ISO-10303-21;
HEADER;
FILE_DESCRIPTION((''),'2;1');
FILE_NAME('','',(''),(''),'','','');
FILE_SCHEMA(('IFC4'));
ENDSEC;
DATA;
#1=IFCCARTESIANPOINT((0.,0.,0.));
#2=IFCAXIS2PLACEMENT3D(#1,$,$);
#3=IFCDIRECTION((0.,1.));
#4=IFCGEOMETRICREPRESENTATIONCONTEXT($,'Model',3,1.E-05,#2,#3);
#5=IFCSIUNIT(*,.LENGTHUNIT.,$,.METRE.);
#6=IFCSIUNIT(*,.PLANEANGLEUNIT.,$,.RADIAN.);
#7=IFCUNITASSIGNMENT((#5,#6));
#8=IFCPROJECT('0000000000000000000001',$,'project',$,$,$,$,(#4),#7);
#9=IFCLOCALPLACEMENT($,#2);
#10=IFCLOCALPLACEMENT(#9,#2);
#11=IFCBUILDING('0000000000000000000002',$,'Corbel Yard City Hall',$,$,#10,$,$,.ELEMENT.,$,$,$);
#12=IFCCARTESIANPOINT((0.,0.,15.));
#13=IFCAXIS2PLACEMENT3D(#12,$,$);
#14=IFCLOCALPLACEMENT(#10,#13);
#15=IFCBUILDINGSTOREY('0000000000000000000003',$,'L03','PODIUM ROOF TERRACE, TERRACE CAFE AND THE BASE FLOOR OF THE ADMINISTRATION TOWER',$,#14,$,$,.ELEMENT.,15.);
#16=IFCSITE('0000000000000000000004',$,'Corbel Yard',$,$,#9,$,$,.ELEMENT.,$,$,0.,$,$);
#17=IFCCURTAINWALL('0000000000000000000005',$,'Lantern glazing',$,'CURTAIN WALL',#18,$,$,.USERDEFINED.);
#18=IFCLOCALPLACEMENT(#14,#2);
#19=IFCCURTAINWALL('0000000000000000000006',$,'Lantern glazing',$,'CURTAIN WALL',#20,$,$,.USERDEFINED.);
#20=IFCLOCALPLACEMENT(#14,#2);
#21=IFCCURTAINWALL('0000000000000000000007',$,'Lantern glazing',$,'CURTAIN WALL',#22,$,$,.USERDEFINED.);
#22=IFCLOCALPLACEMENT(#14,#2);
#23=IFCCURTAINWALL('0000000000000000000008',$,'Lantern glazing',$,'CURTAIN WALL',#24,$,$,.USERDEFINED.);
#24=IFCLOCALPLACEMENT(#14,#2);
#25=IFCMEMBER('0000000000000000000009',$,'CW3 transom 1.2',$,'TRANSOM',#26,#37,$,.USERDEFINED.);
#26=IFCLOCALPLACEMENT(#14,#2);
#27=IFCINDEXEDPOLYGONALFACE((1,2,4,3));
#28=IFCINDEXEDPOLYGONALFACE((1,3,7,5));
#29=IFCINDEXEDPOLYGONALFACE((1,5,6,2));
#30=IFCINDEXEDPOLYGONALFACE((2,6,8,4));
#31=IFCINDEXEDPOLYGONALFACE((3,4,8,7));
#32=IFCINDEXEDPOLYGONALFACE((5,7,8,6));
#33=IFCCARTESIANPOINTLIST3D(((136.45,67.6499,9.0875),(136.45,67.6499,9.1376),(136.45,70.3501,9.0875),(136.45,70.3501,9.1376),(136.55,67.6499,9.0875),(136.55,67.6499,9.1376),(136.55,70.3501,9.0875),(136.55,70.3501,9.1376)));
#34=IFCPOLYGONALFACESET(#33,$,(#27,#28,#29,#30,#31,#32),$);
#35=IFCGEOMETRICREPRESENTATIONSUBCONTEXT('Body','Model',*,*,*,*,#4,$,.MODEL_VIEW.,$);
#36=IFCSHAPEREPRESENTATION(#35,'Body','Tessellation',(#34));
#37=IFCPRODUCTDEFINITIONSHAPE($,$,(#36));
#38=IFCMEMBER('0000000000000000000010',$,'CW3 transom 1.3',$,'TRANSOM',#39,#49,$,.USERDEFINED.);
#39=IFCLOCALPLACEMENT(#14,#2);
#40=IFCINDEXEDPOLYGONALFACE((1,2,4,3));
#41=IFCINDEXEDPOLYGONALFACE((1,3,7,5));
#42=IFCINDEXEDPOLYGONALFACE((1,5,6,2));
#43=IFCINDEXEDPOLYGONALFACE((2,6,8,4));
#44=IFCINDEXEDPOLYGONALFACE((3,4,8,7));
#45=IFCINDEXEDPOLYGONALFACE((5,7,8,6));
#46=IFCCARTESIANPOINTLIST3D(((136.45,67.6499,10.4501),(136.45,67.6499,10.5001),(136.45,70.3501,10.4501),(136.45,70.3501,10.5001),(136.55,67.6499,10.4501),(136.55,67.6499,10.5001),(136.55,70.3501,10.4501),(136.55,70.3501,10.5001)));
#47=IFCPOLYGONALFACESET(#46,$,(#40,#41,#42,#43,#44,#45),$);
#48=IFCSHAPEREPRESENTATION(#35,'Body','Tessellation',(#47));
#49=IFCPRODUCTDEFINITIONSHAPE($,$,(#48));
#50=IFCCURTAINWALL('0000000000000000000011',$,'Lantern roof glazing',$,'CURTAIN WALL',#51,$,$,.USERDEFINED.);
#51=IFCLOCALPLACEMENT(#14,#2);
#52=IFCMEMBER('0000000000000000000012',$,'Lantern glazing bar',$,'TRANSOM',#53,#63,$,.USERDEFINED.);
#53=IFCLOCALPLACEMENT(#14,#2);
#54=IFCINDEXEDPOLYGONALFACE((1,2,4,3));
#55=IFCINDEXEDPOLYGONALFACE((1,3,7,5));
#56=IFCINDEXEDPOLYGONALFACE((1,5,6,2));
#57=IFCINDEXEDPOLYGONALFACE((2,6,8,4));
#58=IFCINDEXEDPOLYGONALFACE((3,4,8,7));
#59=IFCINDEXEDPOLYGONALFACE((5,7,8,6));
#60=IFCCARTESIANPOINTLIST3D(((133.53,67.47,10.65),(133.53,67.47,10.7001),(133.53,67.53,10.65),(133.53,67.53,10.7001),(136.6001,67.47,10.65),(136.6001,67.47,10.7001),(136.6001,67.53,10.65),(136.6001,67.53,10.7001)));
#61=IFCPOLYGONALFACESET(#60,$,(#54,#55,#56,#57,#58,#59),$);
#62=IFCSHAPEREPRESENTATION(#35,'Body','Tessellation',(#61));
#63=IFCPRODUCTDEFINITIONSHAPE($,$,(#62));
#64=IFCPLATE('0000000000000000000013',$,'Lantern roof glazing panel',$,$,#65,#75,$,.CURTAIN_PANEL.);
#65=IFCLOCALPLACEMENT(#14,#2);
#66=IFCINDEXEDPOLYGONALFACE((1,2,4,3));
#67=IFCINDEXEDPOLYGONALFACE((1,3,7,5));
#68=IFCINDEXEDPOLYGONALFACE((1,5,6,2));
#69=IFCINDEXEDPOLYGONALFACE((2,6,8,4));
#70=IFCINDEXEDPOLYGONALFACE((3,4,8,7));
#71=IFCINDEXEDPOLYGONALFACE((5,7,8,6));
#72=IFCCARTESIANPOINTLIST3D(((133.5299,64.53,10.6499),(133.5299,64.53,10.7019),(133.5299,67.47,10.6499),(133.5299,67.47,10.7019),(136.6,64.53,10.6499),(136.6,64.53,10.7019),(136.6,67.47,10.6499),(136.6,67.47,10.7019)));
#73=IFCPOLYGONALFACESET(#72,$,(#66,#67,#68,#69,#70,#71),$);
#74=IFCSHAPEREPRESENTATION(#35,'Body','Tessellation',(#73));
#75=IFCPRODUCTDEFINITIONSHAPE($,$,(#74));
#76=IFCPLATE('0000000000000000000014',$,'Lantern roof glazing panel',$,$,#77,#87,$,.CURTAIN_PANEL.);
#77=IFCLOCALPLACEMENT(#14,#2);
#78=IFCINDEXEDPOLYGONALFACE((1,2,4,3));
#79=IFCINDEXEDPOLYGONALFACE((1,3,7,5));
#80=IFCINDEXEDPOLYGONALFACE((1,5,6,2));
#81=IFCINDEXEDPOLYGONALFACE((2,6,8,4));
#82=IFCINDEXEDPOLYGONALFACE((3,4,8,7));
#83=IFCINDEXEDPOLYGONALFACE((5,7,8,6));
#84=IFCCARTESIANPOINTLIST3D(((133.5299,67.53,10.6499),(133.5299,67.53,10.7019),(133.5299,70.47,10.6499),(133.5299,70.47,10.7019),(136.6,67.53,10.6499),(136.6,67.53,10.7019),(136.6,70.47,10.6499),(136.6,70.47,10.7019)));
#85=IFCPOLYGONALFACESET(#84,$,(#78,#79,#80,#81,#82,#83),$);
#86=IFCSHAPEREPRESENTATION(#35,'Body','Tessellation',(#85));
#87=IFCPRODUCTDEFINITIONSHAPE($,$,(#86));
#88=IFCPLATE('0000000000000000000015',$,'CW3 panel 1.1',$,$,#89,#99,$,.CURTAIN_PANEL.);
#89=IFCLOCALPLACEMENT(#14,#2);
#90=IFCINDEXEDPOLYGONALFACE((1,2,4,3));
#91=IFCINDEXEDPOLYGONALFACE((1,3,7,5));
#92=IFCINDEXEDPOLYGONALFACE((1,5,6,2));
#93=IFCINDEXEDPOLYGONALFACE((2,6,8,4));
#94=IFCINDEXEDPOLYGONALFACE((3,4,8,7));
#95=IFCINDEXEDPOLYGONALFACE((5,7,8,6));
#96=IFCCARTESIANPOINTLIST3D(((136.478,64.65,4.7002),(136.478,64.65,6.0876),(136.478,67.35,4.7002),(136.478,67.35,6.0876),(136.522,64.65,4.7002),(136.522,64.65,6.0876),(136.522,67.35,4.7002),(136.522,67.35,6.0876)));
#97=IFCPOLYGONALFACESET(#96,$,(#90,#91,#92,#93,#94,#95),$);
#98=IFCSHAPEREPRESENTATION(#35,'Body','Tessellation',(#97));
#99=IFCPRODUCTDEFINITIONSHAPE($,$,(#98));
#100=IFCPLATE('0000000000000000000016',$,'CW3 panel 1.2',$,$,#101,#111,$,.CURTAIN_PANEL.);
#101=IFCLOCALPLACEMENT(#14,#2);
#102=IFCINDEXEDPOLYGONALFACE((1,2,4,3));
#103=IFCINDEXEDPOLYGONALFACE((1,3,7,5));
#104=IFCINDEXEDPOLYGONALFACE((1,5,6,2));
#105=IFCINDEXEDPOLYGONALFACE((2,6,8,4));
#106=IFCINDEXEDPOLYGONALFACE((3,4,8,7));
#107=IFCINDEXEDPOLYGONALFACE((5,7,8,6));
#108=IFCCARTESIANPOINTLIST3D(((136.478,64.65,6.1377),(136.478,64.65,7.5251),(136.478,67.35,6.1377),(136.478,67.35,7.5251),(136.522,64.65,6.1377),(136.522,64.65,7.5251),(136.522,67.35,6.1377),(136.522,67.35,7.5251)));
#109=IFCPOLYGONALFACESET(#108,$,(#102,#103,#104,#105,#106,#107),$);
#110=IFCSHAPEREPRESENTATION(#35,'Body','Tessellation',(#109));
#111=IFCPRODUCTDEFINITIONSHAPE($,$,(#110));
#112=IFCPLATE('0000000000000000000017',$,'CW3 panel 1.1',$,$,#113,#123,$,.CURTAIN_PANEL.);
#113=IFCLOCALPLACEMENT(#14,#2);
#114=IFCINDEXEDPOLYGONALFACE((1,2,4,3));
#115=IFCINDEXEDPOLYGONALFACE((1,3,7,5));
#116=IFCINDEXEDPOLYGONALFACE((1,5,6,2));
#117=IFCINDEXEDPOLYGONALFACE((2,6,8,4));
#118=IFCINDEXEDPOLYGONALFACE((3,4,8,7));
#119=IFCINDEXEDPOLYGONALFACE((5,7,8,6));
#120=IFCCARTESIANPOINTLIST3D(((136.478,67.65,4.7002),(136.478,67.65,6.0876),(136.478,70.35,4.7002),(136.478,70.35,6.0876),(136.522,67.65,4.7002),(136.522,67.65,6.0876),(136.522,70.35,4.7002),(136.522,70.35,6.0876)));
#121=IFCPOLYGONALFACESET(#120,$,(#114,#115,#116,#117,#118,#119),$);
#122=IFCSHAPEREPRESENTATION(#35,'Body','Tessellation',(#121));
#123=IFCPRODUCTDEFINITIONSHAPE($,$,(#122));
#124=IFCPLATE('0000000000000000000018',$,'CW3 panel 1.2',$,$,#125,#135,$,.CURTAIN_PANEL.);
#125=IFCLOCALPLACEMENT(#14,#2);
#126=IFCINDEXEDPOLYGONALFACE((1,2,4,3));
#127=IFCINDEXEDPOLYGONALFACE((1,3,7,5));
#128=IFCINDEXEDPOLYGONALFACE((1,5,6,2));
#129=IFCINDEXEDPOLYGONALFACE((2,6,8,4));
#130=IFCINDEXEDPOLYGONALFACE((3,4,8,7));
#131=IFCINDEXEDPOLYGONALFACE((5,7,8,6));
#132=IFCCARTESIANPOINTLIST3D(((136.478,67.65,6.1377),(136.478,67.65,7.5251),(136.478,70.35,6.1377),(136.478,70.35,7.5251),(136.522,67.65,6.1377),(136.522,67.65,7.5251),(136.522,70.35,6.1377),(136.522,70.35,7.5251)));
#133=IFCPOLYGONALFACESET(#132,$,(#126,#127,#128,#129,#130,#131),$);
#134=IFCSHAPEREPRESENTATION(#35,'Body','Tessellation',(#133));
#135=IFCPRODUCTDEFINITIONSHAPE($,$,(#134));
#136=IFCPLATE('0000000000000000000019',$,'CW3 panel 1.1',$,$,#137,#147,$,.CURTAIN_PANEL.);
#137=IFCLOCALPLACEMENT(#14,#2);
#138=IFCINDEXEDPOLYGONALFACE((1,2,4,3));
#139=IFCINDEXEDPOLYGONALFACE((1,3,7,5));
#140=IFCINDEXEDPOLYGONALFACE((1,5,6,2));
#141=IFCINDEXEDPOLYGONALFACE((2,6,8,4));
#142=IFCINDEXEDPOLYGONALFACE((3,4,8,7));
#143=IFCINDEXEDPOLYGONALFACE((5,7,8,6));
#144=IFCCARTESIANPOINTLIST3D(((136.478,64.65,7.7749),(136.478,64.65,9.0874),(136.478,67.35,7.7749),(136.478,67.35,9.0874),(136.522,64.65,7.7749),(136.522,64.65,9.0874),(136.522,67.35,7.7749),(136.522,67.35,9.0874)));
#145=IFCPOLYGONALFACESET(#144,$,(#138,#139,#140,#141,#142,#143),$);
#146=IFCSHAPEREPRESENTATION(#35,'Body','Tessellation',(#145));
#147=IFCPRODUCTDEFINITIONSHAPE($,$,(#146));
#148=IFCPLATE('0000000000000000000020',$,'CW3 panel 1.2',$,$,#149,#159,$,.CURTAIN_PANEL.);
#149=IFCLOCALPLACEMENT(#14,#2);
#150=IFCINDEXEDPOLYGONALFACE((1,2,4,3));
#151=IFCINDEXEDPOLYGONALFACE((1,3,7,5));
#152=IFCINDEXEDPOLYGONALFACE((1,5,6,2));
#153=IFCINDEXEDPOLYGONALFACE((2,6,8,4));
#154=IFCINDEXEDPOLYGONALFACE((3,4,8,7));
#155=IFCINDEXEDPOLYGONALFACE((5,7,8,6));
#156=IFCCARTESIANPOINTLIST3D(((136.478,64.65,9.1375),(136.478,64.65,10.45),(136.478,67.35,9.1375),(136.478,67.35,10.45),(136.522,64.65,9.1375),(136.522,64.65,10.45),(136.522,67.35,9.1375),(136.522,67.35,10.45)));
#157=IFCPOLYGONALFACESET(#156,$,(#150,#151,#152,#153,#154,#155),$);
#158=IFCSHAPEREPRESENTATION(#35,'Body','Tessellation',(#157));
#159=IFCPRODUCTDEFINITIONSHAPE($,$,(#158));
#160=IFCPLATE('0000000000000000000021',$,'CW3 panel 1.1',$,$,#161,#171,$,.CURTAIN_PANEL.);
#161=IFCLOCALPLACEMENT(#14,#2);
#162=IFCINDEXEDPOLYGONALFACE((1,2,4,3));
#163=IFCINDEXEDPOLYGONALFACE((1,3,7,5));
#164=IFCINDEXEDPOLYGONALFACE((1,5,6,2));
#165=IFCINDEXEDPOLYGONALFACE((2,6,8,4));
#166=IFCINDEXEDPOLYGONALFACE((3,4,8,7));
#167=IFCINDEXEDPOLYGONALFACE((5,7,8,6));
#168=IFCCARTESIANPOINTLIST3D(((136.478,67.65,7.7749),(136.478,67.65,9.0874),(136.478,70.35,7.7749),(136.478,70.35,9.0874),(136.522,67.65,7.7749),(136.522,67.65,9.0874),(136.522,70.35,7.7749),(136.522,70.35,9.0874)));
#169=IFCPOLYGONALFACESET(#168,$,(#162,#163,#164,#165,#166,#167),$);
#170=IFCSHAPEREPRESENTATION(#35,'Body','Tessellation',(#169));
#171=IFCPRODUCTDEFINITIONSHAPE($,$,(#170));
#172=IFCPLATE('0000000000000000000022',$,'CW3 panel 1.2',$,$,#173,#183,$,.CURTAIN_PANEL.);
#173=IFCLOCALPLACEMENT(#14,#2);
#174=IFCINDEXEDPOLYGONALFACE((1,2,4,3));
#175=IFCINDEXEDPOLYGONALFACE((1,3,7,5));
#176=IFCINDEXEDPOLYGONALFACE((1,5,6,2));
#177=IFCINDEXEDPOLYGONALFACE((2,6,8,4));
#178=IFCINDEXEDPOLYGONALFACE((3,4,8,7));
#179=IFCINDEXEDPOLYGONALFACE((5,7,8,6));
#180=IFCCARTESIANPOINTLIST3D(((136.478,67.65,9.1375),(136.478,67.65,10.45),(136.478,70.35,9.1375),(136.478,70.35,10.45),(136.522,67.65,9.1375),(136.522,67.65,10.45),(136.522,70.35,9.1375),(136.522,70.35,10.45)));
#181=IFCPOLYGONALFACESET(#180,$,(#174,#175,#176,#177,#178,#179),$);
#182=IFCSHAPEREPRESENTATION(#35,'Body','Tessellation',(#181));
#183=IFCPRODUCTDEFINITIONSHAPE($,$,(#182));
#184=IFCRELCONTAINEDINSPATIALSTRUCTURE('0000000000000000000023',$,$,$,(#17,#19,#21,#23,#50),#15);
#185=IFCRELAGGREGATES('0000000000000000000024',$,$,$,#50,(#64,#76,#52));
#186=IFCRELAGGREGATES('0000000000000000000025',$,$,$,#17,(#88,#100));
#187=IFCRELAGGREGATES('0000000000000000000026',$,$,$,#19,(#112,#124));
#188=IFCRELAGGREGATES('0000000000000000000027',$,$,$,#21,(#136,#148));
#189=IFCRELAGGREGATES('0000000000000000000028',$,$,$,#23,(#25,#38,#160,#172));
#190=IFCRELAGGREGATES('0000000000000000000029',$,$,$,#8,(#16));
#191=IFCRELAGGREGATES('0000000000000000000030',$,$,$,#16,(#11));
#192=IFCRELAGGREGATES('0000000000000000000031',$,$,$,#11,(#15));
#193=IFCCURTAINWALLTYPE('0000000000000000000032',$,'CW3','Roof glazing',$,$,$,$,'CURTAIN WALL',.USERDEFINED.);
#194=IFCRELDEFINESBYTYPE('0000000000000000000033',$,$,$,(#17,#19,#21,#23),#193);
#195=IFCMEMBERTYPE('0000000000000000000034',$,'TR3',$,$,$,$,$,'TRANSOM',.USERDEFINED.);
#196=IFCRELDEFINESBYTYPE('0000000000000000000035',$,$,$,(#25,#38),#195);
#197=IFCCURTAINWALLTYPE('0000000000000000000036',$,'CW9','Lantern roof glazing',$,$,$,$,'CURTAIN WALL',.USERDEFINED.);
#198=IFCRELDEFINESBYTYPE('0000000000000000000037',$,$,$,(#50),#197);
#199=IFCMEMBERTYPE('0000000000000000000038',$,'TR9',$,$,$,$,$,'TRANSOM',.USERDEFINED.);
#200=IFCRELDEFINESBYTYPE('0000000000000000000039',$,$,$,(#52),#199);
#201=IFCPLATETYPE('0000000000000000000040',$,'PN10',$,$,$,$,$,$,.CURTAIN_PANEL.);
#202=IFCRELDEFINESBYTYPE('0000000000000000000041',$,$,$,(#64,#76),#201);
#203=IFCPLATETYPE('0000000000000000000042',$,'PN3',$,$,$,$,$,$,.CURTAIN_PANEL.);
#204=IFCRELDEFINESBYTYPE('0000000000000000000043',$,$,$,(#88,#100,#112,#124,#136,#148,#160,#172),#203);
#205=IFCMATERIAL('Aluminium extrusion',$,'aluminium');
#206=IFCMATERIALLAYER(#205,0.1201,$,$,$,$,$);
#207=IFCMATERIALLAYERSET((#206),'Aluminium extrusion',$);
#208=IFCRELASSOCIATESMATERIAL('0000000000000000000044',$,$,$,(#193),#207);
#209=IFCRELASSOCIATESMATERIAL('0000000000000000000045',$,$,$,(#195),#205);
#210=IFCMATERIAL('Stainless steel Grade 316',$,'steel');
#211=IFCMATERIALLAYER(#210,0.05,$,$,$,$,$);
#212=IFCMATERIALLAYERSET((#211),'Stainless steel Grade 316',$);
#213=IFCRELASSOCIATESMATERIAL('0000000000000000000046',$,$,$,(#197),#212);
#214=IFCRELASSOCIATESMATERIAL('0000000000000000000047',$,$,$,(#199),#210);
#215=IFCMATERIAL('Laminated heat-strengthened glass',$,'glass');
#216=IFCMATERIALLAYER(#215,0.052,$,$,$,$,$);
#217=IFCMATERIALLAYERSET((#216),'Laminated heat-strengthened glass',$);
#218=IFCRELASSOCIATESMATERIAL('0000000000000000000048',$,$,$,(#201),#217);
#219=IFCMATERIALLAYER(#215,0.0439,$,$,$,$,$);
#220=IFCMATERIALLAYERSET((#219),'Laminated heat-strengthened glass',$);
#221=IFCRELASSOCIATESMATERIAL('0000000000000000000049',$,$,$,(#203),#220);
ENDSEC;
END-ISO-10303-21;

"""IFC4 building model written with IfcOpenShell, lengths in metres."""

from ifc_helpers import new_model, si_unit, direction, frame, origin, origin_2d, place, context, subcontext, project, spatial, rectangle, extrude, material, layer, layer_set, material_profile, profile_set, type_object, element, aggregate, save


model = new_model("IFC4")

# Units and contexts
model_context = context("Model", 3, precision=1e-05, world=origin(), true_north=direction((0.0, 1.0)))
body_context = subcontext(model_context, "Body", "Model", "MODEL_VIEW")
ifc_project = project(units=[si_unit("LENGTHUNIT", "METRE"), si_unit("PLANEANGLEUNIT", "RADIAN")], contexts=[model_context])

# Site, building, storey
site_placement = place(None, origin())
site = spatial("IfcSite", under=ifc_project, at=site_placement, Name="Corbel Yard", CompositionType="ELEMENT", RefElevation=0.0)
building_placement = place(site_placement, origin())
building = spatial("IfcBuilding", under=site, at=building_placement, Name="Corbel Yard City Hall", CompositionType="ELEMENT")
storey_placement = place(building_placement, frame((0.0, 0.0, 15.0)))
storey = spatial("IfcBuildingStorey", under=building, at=storey_placement, Name="L03", Description="PODIUM ROOF TERRACE, TERRACE CAFE AND THE BASE FLOOR OF THE ADMINISTRATION TOWER", CompositionType="ELEMENT", Elevation=15.0)

# Curtain walls
ifc_material_1 = material(Name="Aluminium extrusion", Category="aluminium")
ifc_layer_1 = layer(ifc_material_1, 0.1201)
ifc_layer_set_1 = layer_set([ifc_layer_1], Name="Aluminium extrusion")
curtain_wall_type_1 = type_object("IfcCurtainWallType", Name="CW3", Description="Roof glazing", ElementType="CURTAIN WALL", PredefinedType="USERDEFINED", material=ifc_layer_set_1)
curtain_wall_1_placement = place(storey_placement, origin())
curtain_wall_1 = element("IfcCurtainWall", 1, at=curtain_wall_1_placement, inside=storey, type_object=curtain_wall_type_1, Name="Lantern glazing", ObjectType="CURTAIN WALL", PredefinedType="USERDEFINED")
curtain_wall_2_placement = place(storey_placement, origin())
curtain_wall_2 = element("IfcCurtainWall", 2, at=curtain_wall_2_placement, inside=storey, type_object=curtain_wall_type_1, Name="Lantern glazing", ObjectType="CURTAIN WALL", PredefinedType="USERDEFINED")
curtain_wall_3_placement = place(storey_placement, origin())
curtain_wall_3 = element("IfcCurtainWall", 3, at=curtain_wall_3_placement, inside=storey, type_object=curtain_wall_type_1, Name="Lantern glazing", ObjectType="CURTAIN WALL", PredefinedType="USERDEFINED")
curtain_wall_4_placement = place(storey_placement, origin())
curtain_wall_4 = element("IfcCurtainWall", 4, at=curtain_wall_4_placement, inside=storey, type_object=curtain_wall_type_1, Name="Lantern glazing", ObjectType="CURTAIN WALL", PredefinedType="USERDEFINED")

# Members
ifc_material_profile_1 = material_profile(ifc_material_1, rectangle(XDim=0.1001, YDim=0.05, at=origin_2d()), Name="100x50")
ifc_profile_set_1 = profile_set([ifc_material_profile_1], Name="Aluminium extrusion")
member_type_1 = type_object("IfcMemberType", Name="TR3", ElementType="TRANSOM", PredefinedType="USERDEFINED", material=ifc_profile_set_1)
member_1_placement = place(storey_placement, frame((136.5, 67.6499, 9.1125), z_axis=(0.0, 1.0, 0.0), x_axis=(-1.0, 0.0, 0.0)))
member_1 = element("IfcMember", 5, at=member_1_placement, type_object=member_type_1, Name="CW3 transom 1.2", ObjectType="TRANSOM", PredefinedType="USERDEFINED", context=body_context, shape_type="SweptSolid", body=[
    extrude(rectangle(XDim=0.1001, YDim=0.05, at=origin_2d()), origin(), (0.0, 0.0, 1.0), 2.7002),
])
member_2_placement = place(storey_placement, frame((136.5, 67.6499, 10.4751), z_axis=(0.0, 1.0, 0.0), x_axis=(-1.0, 0.0, 0.0)))
member_2 = element("IfcMember", 6, at=member_2_placement, type_object=member_type_1, Name="CW3 transom 1.3", ObjectType="TRANSOM", PredefinedType="USERDEFINED", context=body_context, shape_type="SweptSolid", body=[
    extrude(rectangle(XDim=0.1001, YDim=0.05, at=origin_2d()), origin(), (0.0, 0.0, 1.0), 2.7002),
])

# Curtain wall, member, plates
ifc_material_2 = material(Name="Stainless steel Grade 316", Category="steel")
ifc_layer_2 = layer(ifc_material_2, 0.05)
ifc_layer_set_2 = layer_set([ifc_layer_2], Name="Stainless steel Grade 316")
curtain_wall_type_2 = type_object("IfcCurtainWallType", Name="CW9", Description="Lantern roof glazing", ElementType="CURTAIN WALL", PredefinedType="USERDEFINED", material=ifc_layer_set_2)
curtain_wall_5_placement = place(storey_placement, origin())
curtain_wall_5 = element("IfcCurtainWall", 7, at=curtain_wall_5_placement, inside=storey, type_object=curtain_wall_type_2, Name="Lantern roof glazing", ObjectType="CURTAIN WALL", PredefinedType="USERDEFINED")
ifc_material_profile_2 = material_profile(ifc_material_2, rectangle(XDim=0.0601, YDim=0.05, at=origin_2d()), Name="60x50")
ifc_profile_set_2 = profile_set([ifc_material_profile_2], Name="Stainless steel Grade 316")
member_type_2 = type_object("IfcMemberType", Name="TR9", ElementType="TRANSOM", PredefinedType="USERDEFINED", material=ifc_profile_set_2)
member_3_placement = place(storey_placement, frame((133.53, 67.5, 10.675), z_axis=(1.0, 0.0, 0.0), x_axis=(0.0, 1.0, 0.0)))
member_3 = element("IfcMember", 8, at=member_3_placement, type_object=member_type_2, Name="Lantern glazing bar", ObjectType="TRANSOM", PredefinedType="USERDEFINED", context=body_context, shape_type="SweptSolid", body=[
    extrude(rectangle(XDim=0.0601, YDim=0.05, at=origin_2d()), origin(), (0.0, 0.0, 1.0), 3.0701),
])
ifc_material_3 = material(Name="Laminated heat-strengthened glass", Category="glass")
ifc_layer_3 = layer(ifc_material_3, 0.052)
ifc_layer_set_3 = layer_set([ifc_layer_3], Name="Laminated heat-strengthened glass")
plate_type_1 = type_object("IfcPlateType", Name="PN10", PredefinedType="CURTAIN_PANEL", material=ifc_layer_set_3)
plate_1_placement = place(storey_placement, frame((135.0649, 66.0, 10.6499), z_axis=(0.0, 0.0, 1.0), x_axis=(1.0, 0.0, 0.0)))
plate_1 = element("IfcPlate", 9, at=plate_1_placement, type_object=plate_type_1, Name="Lantern roof glazing panel", PredefinedType="CURTAIN_PANEL", context=body_context, shape_type="SweptSolid", body=[
    extrude(rectangle(XDim=3.0701, YDim=2.9399, at=origin_2d()), origin(), (0.0, 0.0, 1.0), 0.052),
])
plate_2_placement = place(storey_placement, frame((135.0649, 69.0, 10.6499), z_axis=(0.0, 0.0, 1.0), x_axis=(1.0, 0.0, 0.0)))
plate_2 = element("IfcPlate", 10, at=plate_2_placement, type_object=plate_type_1, Name="Lantern roof glazing panel", PredefinedType="CURTAIN_PANEL", context=body_context, shape_type="SweptSolid", body=[
    extrude(rectangle(XDim=3.0701, YDim=2.9399, at=origin_2d()), origin(), (0.0, 0.0, 1.0), 0.052),
])
aggregate(curtain_wall_5, [plate_1, plate_2, member_3])

# Plates
ifc_layer_4 = layer(ifc_material_3, 0.0439)
ifc_layer_set_4 = layer_set([ifc_layer_4], Name="Laminated heat-strengthened glass")
plate_type_2 = type_object("IfcPlateType", Name="PN3", PredefinedType="CURTAIN_PANEL", material=ifc_layer_set_4)
plate_3_placement = place(storey_placement, frame((136.5, 66.0, 4.7002), z_axis=(0.0, 0.0, 1.0), x_axis=(0.0, 1.0, 0.0)))
plate_3 = element("IfcPlate", 11, at=plate_3_placement, type_object=plate_type_2, Name="CW3 panel 1.1", PredefinedType="CURTAIN_PANEL", context=body_context, shape_type="SweptSolid", body=[
    extrude(rectangle(XDim=2.7, YDim=0.0439, at=origin_2d()), origin(), (0.0, 0.0, 1.0), 1.3875),
])
plate_4_placement = place(storey_placement, frame((136.5, 66.0, 6.1377), z_axis=(0.0, 0.0, 1.0), x_axis=(0.0, 1.0, 0.0)))
plate_4 = element("IfcPlate", 12, at=plate_4_placement, type_object=plate_type_2, Name="CW3 panel 1.2", PredefinedType="CURTAIN_PANEL", context=body_context, shape_type="SweptSolid", body=[
    extrude(rectangle(XDim=2.7, YDim=0.0439, at=origin_2d()), origin(), (0.0, 0.0, 1.0), 1.3875),
])
aggregate(curtain_wall_1, [plate_3, plate_4])
plate_5_placement = place(storey_placement, frame((136.5, 69.0, 4.7002), z_axis=(0.0, 0.0, 1.0), x_axis=(0.0, 1.0, 0.0)))
plate_5 = element("IfcPlate", 13, at=plate_5_placement, type_object=plate_type_2, Name="CW3 panel 1.1", PredefinedType="CURTAIN_PANEL", context=body_context, shape_type="SweptSolid", body=[
    extrude(rectangle(XDim=2.7, YDim=0.0439, at=origin_2d()), origin(), (0.0, 0.0, 1.0), 1.3875),
])
plate_6_placement = place(storey_placement, frame((136.5, 69.0, 6.1377), z_axis=(0.0, 0.0, 1.0), x_axis=(0.0, 1.0, 0.0)))
plate_6 = element("IfcPlate", 14, at=plate_6_placement, type_object=plate_type_2, Name="CW3 panel 1.2", PredefinedType="CURTAIN_PANEL", context=body_context, shape_type="SweptSolid", body=[
    extrude(rectangle(XDim=2.7, YDim=0.0439, at=origin_2d()), origin(), (0.0, 0.0, 1.0), 1.3875),
])
aggregate(curtain_wall_2, [plate_5, plate_6])
plate_7_placement = place(storey_placement, frame((136.5, 66.0, 7.7749), z_axis=(0.0, 0.0, 1.0), x_axis=(0.0, 1.0, 0.0)))
plate_7 = element("IfcPlate", 15, at=plate_7_placement, type_object=plate_type_2, Name="CW3 panel 1.1", PredefinedType="CURTAIN_PANEL", context=body_context, shape_type="SweptSolid", body=[
    extrude(rectangle(XDim=2.7, YDim=0.0439, at=origin_2d()), origin(), (0.0, 0.0, 1.0), 1.3125),
])
plate_8_placement = place(storey_placement, frame((136.5, 66.0, 9.1375), z_axis=(0.0, 0.0, 1.0), x_axis=(0.0, 1.0, 0.0)))
plate_8 = element("IfcPlate", 16, at=plate_8_placement, type_object=plate_type_2, Name="CW3 panel 1.2", PredefinedType="CURTAIN_PANEL", context=body_context, shape_type="SweptSolid", body=[
    extrude(rectangle(XDim=2.7, YDim=0.0439, at=origin_2d()), origin(), (0.0, 0.0, 1.0), 1.3125),
])
aggregate(curtain_wall_3, [plate_7, plate_8])
plate_9_placement = place(storey_placement, frame((136.5, 69.0, 7.7749), z_axis=(0.0, 0.0, 1.0), x_axis=(0.0, 1.0, 0.0)))
plate_9 = element("IfcPlate", 17, at=plate_9_placement, type_object=plate_type_2, Name="CW3 panel 1.1", PredefinedType="CURTAIN_PANEL", context=body_context, shape_type="SweptSolid", body=[
    extrude(rectangle(XDim=2.7, YDim=0.0439, at=origin_2d()), origin(), (0.0, 0.0, 1.0), 1.3125),
])
plate_10_placement = place(storey_placement, frame((136.5, 69.0, 9.1375), z_axis=(0.0, 0.0, 1.0), x_axis=(0.0, 1.0, 0.0)))
plate_10 = element("IfcPlate", 18, at=plate_10_placement, type_object=plate_type_2, Name="CW3 panel 1.2", PredefinedType="CURTAIN_PANEL", context=body_context, shape_type="SweptSolid", body=[
    extrude(rectangle(XDim=2.7, YDim=0.0439, at=origin_2d()), origin(), (0.0, 0.0, 1.0), 1.3125),
])
aggregate(curtain_wall_4, [member_1, member_2, plate_9, plate_10])

save(model, "model.ifc")
